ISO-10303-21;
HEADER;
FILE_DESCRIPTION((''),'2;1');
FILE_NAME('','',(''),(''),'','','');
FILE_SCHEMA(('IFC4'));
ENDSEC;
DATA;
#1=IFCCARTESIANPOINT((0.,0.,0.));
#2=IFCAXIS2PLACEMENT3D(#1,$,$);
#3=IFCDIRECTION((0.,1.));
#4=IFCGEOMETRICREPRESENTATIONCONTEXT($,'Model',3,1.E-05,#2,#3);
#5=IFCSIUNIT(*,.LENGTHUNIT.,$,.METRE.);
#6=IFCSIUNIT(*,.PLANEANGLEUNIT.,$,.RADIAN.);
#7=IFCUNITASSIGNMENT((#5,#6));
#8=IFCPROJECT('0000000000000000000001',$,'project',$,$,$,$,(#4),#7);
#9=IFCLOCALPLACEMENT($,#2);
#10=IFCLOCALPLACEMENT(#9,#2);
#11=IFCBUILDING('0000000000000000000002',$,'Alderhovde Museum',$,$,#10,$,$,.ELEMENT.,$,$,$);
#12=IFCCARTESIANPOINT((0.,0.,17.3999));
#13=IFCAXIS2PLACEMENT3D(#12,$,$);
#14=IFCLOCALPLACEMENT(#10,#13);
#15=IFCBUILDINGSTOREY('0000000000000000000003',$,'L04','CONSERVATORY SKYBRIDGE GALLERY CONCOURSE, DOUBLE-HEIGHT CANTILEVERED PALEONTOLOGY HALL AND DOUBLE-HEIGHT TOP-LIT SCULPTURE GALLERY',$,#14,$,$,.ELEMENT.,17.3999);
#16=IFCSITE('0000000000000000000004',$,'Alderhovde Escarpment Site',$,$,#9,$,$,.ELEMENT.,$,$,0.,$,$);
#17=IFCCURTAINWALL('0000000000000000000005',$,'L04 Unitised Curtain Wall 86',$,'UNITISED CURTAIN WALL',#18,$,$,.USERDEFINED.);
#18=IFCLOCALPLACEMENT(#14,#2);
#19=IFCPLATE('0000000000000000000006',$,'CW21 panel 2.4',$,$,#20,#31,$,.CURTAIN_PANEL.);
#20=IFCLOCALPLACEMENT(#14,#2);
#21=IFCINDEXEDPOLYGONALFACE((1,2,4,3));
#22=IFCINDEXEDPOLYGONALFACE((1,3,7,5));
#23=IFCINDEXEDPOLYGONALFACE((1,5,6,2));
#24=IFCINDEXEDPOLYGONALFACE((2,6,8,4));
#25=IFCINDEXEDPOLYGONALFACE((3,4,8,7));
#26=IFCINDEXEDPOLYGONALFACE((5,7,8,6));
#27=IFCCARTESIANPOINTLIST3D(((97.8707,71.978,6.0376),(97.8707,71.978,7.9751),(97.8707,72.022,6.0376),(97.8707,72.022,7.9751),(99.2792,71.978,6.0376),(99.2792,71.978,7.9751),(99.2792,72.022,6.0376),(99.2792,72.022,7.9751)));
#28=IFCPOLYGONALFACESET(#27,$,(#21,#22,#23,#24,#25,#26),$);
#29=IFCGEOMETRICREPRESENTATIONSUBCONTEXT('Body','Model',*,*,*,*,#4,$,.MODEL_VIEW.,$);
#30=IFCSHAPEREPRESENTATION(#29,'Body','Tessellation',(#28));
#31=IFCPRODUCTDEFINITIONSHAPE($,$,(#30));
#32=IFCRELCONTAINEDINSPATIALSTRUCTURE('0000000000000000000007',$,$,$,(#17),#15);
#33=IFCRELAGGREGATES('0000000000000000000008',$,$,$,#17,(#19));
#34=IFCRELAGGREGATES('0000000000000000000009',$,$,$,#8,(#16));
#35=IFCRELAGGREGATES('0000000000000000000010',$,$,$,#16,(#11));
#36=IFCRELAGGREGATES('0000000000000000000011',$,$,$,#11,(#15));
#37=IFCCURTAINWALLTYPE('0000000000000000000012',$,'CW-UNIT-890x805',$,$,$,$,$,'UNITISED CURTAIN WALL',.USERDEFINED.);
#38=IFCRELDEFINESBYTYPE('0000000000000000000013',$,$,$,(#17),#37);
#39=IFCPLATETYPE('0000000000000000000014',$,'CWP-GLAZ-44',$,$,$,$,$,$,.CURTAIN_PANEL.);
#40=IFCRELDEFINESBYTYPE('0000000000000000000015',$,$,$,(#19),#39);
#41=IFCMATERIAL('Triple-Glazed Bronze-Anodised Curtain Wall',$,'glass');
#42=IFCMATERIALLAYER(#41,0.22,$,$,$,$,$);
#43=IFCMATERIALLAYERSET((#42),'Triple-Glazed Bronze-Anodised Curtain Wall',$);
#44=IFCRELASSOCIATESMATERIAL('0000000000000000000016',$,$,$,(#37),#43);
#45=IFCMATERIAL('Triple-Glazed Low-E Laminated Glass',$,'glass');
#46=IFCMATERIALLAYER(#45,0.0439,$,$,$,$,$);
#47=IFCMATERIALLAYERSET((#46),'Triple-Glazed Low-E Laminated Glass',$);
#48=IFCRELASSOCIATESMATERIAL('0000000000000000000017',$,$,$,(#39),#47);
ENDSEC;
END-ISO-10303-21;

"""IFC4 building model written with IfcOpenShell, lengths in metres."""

from ifc_helpers import new_model, si_unit, direction, frame, origin, origin_2d, place, context, subcontext, project, spatial, rectangle, extrude, material, layer, layer_set, type_object, element, aggregate, save


model = new_model("IFC4")

# Units and contexts
model_context = context("Model", 3, precision=1e-05, world=origin(), true_north=direction((0.0, 1.0)))
body_context = subcontext(model_context, "Body", "Model", "MODEL_VIEW")
ifc_project = project(units=[si_unit("LENGTHUNIT", "METRE"), si_unit("PLANEANGLEUNIT", "RADIAN")], contexts=[model_context])

# Site, building, storey
site_placement = place(None, origin())
site = spatial("IfcSite", under=ifc_project, at=site_placement, Name="Alderhovde Escarpment Site", CompositionType="ELEMENT", RefElevation=0.0)
building_placement = place(site_placement, origin())
building = spatial("IfcBuilding", under=site, at=building_placement, Name="Alderhovde Museum", CompositionType="ELEMENT")
storey_placement = place(building_placement, frame((0.0, 0.0, 17.3999)))
storey = spatial("IfcBuildingStorey", under=building, at=storey_placement, Name="L04", Description="CONSERVATORY SKYBRIDGE GALLERY CONCOURSE, DOUBLE-HEIGHT CANTILEVERED PALEONTOLOGY HALL AND DOUBLE-HEIGHT TOP-LIT SCULPTURE GALLERY", CompositionType="ELEMENT", Elevation=17.3999)

# Shared definitions
ifc_material_1 = material(Name="Triple-Glazed Bronze-Anodised Curtain Wall", Category="glass")
ifc_layer_1 = layer(ifc_material_1, 0.22)
ifc_layer_set_1 = layer_set([ifc_layer_1], Name="Triple-Glazed Bronze-Anodised Curtain Wall")
curtain_wall_type = type_object("IfcCurtainWallType", Name="CW-UNIT-890x805", ElementType="UNITISED CURTAIN WALL", PredefinedType="USERDEFINED", material=ifc_layer_set_1)

# Curtain wall
curtain_wall_1_placement = place(storey_placement, origin())
curtain_wall_1 = element("IfcCurtainWall", 1, at=curtain_wall_1_placement, inside=storey, type_object=curtain_wall_type, Name="L04 Unitised Curtain Wall 86", ObjectType="UNITISED CURTAIN WALL", PredefinedType="USERDEFINED")

# Plate
ifc_material_2 = material(Name="Triple-Glazed Low-E Laminated Glass", Category="glass")
ifc_layer_2 = layer(ifc_material_2, 0.0439)
ifc_layer_set_2 = layer_set([ifc_layer_2], Name="Triple-Glazed Low-E Laminated Glass")
plate_type_1 = type_object("IfcPlateType", Name="CWP-GLAZ-44", PredefinedType="CURTAIN_PANEL", material=ifc_layer_set_2)
plate_1_placement = place(storey_placement, frame((98.575, 72.0, 6.0376), z_axis=(0.0, 0.0, 1.0), x_axis=(1.0, 0.0, 0.0)))
plate_1 = element("IfcPlate", 2, at=plate_1_placement, type_object=plate_type_1, Name="CW21 panel 2.4", PredefinedType="CURTAIN_PANEL", context=body_context, shape_type="SweptSolid", body=[
    extrude(rectangle(XDim=1.4084, YDim=0.0439, at=origin_2d()), origin(), (0.0, 0.0, 1.0), 1.9375),
])
aggregate(curtain_wall_1, [plate_1])

save(model, "model.ifc")
